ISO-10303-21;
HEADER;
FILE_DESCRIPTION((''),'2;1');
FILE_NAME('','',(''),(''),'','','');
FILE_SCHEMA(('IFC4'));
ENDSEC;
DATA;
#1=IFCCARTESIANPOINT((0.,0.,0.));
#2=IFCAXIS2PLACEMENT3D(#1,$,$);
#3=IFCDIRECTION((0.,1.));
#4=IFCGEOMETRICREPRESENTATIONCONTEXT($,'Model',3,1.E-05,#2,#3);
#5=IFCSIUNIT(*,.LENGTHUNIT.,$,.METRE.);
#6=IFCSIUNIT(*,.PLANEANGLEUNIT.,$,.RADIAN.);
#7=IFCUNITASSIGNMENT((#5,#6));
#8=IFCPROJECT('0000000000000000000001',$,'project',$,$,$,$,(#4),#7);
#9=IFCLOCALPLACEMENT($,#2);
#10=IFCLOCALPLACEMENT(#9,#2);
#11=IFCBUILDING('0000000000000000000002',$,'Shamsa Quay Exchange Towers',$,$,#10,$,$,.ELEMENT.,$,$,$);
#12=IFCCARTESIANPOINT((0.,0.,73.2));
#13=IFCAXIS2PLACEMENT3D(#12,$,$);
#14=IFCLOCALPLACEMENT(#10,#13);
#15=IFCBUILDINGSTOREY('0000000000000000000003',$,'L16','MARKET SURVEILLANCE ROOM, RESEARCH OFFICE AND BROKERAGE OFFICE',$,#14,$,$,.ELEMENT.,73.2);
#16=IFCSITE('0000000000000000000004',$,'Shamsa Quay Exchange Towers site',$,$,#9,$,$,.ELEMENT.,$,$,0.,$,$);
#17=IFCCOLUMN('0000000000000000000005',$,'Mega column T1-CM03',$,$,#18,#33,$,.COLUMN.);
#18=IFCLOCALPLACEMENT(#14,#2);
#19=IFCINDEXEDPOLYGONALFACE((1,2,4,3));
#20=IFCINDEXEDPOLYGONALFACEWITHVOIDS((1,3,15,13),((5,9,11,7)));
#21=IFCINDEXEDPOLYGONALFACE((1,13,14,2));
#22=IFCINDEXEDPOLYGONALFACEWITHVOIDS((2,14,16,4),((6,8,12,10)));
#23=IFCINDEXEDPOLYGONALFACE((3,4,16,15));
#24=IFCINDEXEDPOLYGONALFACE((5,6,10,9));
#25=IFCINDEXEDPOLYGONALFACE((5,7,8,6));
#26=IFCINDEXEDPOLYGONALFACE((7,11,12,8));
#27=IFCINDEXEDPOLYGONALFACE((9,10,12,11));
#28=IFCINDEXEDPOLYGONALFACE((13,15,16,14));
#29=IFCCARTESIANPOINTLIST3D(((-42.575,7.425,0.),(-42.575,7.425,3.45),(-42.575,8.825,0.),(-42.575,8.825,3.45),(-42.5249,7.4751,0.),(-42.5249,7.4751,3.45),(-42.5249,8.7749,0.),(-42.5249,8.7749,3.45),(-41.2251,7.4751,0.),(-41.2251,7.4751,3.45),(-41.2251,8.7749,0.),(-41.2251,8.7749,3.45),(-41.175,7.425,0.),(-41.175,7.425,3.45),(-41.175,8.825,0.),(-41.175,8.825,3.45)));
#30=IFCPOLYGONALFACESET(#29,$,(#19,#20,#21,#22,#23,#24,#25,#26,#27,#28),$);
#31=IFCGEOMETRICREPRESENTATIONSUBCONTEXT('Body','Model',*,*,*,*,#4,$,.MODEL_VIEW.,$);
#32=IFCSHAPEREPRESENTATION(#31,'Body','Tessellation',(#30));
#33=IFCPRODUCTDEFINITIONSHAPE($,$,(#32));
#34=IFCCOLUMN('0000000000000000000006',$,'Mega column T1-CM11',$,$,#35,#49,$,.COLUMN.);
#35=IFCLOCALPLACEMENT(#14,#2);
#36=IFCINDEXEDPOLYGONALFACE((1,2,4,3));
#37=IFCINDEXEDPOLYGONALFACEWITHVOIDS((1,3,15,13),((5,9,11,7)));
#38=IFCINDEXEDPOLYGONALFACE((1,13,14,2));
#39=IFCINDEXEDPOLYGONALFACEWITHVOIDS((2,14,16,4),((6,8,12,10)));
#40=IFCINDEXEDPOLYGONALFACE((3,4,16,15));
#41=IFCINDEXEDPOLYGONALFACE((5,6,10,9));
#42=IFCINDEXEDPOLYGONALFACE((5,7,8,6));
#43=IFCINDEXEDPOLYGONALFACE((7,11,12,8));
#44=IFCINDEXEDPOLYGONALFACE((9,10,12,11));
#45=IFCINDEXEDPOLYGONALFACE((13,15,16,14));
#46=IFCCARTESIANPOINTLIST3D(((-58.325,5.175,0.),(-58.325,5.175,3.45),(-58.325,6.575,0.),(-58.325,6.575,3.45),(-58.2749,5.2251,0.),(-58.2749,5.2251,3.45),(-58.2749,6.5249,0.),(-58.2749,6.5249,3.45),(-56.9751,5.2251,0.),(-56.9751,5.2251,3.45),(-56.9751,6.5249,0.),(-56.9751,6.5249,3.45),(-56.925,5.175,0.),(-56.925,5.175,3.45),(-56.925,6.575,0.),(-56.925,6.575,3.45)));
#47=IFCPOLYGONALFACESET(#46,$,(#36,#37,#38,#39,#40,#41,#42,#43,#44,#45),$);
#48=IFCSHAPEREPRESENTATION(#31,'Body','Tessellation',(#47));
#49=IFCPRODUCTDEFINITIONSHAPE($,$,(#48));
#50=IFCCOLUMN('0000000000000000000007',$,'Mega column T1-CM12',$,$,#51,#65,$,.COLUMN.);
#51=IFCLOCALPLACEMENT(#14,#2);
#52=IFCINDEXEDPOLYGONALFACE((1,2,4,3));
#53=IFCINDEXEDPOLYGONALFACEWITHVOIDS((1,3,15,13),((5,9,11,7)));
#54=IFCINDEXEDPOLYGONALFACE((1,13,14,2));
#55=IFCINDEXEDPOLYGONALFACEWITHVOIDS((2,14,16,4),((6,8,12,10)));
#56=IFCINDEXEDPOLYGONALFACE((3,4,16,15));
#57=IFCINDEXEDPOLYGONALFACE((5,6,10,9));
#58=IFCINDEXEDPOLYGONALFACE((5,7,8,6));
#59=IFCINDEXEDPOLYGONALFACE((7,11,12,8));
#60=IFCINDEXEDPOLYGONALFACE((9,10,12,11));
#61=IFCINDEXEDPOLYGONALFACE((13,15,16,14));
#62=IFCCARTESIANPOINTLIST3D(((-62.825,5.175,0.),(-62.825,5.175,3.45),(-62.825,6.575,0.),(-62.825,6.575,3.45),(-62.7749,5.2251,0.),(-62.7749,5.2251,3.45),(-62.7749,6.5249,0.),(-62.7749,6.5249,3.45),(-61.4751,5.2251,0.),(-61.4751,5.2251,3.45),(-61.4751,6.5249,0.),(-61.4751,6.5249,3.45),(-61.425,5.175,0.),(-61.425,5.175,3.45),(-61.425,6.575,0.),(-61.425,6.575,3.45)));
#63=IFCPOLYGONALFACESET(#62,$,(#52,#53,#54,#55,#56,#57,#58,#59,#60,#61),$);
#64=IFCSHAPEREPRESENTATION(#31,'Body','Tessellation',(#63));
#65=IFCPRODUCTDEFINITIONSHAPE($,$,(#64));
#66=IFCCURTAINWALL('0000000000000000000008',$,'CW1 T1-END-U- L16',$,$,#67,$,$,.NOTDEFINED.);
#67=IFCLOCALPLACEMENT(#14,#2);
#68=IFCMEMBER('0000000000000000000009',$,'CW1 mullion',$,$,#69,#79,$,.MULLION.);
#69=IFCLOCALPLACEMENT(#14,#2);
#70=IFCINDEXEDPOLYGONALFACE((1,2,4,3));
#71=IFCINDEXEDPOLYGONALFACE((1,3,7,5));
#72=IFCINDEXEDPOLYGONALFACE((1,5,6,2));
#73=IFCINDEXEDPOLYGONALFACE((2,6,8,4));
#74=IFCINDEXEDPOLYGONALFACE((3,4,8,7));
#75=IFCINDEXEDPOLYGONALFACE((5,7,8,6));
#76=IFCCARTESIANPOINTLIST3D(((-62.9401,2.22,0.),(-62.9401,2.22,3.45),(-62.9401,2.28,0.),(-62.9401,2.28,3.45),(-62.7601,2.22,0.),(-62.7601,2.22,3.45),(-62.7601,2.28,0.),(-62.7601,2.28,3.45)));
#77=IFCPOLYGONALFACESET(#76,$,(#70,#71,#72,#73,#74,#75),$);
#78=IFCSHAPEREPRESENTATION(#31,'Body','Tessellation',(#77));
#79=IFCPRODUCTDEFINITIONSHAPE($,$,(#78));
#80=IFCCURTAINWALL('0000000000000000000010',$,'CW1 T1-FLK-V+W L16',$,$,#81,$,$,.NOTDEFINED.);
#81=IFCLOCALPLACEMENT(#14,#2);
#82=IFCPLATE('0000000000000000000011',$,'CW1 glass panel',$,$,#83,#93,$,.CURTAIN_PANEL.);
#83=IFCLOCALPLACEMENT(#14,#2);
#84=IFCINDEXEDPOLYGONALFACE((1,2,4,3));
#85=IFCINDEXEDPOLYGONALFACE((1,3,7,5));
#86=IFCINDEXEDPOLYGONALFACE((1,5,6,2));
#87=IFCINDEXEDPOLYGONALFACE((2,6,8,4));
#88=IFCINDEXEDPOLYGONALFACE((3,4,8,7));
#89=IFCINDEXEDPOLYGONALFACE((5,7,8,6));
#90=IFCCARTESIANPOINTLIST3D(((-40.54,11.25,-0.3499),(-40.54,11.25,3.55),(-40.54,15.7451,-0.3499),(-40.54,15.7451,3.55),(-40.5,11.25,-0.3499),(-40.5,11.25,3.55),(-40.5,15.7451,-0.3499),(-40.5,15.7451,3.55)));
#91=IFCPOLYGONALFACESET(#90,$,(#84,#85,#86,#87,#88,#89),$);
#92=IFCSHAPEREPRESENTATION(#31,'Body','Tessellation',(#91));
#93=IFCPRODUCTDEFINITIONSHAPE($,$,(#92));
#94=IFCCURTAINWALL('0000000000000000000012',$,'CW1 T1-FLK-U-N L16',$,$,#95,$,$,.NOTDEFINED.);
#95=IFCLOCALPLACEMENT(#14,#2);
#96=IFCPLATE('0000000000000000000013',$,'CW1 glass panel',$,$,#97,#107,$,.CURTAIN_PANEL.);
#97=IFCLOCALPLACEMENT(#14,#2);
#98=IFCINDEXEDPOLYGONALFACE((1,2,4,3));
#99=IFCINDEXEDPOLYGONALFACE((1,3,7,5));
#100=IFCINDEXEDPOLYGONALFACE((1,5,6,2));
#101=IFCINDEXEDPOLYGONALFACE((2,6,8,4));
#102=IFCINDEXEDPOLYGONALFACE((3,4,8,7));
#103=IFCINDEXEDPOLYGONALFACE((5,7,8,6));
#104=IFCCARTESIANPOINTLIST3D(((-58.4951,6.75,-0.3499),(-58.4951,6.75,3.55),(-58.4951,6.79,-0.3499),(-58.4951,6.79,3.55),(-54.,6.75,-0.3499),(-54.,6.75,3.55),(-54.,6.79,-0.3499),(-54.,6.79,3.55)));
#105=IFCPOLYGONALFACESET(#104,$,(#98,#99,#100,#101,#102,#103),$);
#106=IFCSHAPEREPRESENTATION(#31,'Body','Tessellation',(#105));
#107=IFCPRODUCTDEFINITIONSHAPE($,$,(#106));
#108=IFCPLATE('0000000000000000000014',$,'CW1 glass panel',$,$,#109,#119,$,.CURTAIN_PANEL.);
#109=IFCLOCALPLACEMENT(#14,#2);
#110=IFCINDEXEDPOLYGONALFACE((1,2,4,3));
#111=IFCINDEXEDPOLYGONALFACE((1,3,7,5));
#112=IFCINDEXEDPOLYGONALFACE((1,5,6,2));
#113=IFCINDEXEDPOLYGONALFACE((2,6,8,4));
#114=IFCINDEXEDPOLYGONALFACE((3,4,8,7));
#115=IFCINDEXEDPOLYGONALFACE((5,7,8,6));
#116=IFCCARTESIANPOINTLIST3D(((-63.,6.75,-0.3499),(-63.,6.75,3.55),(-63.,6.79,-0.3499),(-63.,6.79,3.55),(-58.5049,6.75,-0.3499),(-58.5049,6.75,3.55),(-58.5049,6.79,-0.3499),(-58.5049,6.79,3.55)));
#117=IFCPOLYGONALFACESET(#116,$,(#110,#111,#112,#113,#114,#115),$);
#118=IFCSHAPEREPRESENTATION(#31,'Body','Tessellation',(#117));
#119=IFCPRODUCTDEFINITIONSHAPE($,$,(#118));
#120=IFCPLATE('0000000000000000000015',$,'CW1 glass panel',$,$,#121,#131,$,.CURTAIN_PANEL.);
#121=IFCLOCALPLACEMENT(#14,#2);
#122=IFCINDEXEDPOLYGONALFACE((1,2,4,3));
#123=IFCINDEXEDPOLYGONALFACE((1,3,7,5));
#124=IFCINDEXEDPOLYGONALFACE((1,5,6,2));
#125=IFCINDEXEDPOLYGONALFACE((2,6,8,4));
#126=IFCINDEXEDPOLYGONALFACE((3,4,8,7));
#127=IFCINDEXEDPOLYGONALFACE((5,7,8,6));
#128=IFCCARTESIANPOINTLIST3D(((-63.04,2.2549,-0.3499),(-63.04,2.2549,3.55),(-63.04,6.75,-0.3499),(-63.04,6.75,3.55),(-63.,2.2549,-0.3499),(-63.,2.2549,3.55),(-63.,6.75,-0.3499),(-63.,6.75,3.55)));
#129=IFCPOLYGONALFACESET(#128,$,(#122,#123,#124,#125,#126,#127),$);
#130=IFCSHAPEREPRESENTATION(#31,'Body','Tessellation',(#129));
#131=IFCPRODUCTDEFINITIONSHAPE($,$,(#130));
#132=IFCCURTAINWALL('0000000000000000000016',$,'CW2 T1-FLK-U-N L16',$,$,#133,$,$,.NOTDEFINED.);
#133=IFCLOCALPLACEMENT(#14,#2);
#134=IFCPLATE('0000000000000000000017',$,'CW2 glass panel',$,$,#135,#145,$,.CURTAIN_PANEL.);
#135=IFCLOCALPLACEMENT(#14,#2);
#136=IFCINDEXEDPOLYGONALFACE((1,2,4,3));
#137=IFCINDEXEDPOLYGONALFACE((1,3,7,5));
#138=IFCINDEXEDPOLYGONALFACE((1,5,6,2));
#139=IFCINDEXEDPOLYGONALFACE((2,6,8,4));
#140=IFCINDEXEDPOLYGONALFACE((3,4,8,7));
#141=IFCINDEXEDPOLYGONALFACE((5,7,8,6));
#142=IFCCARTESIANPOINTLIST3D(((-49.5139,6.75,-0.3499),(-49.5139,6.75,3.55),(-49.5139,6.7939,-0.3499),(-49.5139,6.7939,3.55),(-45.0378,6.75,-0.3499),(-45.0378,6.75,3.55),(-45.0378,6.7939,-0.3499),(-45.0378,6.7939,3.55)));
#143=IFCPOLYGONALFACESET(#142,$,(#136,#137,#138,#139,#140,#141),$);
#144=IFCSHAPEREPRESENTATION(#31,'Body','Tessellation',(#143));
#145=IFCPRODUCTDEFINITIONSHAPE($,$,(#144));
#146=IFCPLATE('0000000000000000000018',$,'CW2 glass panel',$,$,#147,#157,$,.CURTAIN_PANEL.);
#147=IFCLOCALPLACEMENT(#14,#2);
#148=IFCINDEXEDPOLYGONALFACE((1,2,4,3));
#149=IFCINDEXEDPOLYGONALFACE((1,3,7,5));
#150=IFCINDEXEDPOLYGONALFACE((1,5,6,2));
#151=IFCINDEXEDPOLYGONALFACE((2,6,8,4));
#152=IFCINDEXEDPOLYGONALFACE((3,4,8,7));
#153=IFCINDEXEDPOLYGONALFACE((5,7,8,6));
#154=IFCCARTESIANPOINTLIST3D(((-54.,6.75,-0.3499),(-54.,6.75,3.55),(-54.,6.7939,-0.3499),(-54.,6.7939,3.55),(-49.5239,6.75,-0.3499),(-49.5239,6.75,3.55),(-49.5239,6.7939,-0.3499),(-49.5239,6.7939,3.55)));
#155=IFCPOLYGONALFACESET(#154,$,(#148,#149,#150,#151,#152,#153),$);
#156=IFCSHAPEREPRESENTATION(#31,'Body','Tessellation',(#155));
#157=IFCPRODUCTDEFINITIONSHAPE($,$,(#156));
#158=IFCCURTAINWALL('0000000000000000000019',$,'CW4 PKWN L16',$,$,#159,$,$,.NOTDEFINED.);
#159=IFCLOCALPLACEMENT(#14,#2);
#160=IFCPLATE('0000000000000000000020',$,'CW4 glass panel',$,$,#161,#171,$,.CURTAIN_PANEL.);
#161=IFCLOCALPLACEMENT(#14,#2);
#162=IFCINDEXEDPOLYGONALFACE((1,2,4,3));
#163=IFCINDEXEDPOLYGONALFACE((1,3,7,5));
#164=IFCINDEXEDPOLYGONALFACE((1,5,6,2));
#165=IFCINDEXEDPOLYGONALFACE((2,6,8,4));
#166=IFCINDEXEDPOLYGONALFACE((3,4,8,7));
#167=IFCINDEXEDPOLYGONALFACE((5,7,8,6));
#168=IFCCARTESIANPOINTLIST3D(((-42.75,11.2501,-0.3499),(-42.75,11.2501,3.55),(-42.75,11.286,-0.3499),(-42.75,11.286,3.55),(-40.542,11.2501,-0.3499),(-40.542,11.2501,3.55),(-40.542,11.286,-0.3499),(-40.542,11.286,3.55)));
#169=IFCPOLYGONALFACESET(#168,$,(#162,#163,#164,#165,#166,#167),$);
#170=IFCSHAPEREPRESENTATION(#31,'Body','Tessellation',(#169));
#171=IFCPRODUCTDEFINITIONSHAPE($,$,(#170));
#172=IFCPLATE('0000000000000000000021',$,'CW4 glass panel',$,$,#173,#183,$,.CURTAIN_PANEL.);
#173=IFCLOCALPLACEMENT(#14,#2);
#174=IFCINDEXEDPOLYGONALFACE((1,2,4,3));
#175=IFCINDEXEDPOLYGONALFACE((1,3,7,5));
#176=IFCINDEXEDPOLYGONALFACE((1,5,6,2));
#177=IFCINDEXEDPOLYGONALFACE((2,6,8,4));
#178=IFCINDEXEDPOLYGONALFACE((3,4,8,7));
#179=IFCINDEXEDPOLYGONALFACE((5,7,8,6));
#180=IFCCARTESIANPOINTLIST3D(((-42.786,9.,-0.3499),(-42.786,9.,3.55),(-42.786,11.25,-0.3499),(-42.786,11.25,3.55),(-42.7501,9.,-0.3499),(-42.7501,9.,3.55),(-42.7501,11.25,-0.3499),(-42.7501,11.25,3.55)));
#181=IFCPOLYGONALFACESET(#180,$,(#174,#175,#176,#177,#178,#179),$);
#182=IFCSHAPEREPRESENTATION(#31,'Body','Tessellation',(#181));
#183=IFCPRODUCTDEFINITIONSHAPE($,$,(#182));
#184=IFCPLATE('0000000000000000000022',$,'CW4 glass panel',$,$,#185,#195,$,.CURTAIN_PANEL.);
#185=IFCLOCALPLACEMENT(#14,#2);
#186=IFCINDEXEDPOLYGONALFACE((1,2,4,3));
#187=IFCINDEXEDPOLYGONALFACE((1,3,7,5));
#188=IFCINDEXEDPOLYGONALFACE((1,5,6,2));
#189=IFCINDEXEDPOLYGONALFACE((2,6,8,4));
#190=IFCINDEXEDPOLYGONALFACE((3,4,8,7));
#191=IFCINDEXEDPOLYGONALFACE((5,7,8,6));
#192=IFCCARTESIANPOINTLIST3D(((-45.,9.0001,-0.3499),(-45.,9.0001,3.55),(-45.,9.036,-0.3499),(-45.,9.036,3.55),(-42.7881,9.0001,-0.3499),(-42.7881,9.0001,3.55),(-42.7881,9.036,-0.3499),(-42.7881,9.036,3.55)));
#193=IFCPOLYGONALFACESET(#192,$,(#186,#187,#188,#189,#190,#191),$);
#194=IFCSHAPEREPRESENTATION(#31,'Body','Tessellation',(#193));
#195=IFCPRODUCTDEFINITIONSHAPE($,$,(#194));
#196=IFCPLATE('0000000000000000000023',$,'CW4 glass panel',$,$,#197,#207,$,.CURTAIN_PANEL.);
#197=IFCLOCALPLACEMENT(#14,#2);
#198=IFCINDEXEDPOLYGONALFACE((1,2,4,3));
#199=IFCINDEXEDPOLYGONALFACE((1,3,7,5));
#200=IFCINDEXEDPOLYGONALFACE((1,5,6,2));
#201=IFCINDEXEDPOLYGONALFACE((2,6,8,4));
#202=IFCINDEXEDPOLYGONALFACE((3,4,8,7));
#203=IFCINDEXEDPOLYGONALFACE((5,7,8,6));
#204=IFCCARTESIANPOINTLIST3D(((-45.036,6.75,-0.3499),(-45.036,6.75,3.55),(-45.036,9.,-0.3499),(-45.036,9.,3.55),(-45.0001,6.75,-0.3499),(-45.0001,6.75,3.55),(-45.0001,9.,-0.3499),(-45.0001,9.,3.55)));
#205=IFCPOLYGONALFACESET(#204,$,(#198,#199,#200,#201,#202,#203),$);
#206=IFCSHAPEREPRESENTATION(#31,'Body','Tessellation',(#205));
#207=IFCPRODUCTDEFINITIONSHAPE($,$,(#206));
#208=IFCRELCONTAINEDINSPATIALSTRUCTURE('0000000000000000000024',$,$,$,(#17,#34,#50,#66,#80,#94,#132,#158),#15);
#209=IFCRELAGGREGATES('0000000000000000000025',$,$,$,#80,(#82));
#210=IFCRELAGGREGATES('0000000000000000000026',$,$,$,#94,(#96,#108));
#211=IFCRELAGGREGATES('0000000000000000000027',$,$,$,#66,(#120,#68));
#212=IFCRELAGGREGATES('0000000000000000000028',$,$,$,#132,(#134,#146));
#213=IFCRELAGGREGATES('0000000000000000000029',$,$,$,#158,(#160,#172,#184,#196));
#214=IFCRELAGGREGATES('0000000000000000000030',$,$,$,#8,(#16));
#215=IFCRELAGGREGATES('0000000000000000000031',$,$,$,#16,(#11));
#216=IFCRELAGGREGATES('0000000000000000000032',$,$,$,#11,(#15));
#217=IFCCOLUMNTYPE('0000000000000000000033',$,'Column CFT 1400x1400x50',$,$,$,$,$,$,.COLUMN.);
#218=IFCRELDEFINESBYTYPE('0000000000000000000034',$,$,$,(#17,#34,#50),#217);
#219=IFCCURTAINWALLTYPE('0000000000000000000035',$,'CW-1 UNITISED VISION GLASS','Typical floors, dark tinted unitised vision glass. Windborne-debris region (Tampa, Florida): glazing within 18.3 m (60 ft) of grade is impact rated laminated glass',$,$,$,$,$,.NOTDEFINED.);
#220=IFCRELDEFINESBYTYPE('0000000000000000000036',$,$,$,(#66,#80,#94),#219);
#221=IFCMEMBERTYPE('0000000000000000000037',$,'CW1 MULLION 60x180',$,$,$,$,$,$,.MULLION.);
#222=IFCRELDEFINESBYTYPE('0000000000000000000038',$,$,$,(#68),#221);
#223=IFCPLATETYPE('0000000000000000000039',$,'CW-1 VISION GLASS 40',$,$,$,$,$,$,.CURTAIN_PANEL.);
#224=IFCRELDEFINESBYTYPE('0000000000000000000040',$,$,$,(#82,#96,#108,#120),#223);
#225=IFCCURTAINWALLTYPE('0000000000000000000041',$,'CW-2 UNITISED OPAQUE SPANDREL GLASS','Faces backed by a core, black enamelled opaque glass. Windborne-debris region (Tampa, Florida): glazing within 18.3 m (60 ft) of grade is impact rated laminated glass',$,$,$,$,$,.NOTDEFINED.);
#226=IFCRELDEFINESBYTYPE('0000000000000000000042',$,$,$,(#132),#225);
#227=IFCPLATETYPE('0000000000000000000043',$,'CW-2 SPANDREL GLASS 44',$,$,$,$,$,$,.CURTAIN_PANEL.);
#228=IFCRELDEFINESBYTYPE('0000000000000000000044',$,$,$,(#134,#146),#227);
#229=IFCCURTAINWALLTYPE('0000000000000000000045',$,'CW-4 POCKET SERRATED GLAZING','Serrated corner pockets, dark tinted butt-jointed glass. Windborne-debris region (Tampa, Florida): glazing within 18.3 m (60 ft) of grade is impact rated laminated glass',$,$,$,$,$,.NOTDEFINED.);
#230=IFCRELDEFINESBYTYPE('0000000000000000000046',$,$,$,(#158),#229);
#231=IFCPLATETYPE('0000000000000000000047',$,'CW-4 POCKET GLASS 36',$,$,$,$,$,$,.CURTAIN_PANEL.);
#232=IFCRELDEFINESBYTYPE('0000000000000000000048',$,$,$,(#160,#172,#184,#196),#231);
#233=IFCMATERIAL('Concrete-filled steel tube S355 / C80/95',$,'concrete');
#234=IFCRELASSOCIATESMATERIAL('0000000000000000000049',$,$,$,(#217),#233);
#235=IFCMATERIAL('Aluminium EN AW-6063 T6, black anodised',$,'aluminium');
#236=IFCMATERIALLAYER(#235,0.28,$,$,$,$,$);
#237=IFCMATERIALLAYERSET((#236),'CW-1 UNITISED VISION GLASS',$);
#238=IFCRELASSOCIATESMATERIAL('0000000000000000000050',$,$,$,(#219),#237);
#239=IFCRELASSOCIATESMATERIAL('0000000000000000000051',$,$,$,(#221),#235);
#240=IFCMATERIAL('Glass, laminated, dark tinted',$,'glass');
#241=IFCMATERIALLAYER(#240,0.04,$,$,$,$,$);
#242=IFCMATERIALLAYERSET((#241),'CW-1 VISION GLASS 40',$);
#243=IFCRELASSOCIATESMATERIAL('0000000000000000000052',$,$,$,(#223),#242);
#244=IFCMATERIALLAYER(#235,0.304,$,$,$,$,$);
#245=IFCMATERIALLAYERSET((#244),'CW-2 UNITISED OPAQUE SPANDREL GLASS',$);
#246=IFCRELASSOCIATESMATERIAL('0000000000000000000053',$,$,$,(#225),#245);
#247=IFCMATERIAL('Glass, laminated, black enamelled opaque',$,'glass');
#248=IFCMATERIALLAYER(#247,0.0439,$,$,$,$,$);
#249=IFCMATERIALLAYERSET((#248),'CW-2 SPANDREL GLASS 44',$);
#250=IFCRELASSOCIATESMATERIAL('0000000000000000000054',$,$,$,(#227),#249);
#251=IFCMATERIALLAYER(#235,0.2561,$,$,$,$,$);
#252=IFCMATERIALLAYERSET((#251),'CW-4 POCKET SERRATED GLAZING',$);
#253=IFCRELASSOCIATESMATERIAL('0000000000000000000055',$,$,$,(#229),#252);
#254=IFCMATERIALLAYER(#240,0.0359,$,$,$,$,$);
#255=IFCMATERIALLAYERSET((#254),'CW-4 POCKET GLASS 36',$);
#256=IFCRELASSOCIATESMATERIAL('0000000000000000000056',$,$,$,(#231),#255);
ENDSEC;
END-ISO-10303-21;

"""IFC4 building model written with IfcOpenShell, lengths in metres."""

from ifc_helpers import new_model, si_unit, direction, frame, origin, origin_2d, place, context, subcontext, project, spatial, rectangle, hollow_rectangle, extrude, material, layer, layer_set, material_profile, profile_set, type_object, element, aggregate, save


model = new_model("IFC4")

# Units and contexts
model_context = context("Model", 3, precision=1e-05, world=origin(), true_north=direction((0.0, 1.0)))
body_context = subcontext(model_context, "Body", "Model", "MODEL_VIEW")
ifc_project = project(units=[si_unit("LENGTHUNIT", "METRE"), si_unit("PLANEANGLEUNIT", "RADIAN")], contexts=[model_context])

# Site, building, storey
site_placement = place(None, origin())
site = spatial("IfcSite", under=ifc_project, at=site_placement, Name="Shamsa Quay Exchange Towers site", CompositionType="ELEMENT", RefElevation=0.0)
building_placement = place(site_placement, origin())
building = spatial("IfcBuilding", under=site, at=building_placement, Name="Shamsa Quay Exchange Towers", CompositionType="ELEMENT")
storey_placement = place(building_placement, frame((0.0, 0.0, 73.2)))
storey = spatial("IfcBuildingStorey", under=building, at=storey_placement, Name="L16", Description="MARKET SURVEILLANCE ROOM, RESEARCH OFFICE AND BROKERAGE OFFICE", CompositionType="ELEMENT", Elevation=73.2)

# Columns
ifc_material_1 = material(Name="Concrete-filled steel tube S355 / C80/95", Category="concrete")
ifc_material_profile_1 = material_profile(ifc_material_1, hollow_rectangle(XDim=1.3999, YDim=1.3999, WallThickness=0.05, at=origin_2d()), Name="CFT 1400x1400x50")
ifc_profile_set_1 = profile_set([ifc_material_profile_1], Name="Concrete-filled steel tube S355 / C80/95")
column_type = type_object("IfcColumnType", Name="Column CFT 1400x1400x50", PredefinedType="COLUMN", material=ifc_profile_set_1)
for number, where, name in (
    (1, (-41.875, 8.125, 0.0), "Mega column T1-CM03"),
    (2, (-57.625, 5.875, 0.0), "Mega column T1-CM11"),
    (3, (-62.125, 5.875, 0.0), "Mega column T1-CM12"),
):
    element("IfcColumn", number, at=place(storey_placement, frame(where)), inside=storey, type_object=column_type, Name=name, PredefinedType="COLUMN", context=body_context, shape_type="SweptSolid", body=[
        extrude(hollow_rectangle(XDim=1.3999, YDim=1.3999, WallThickness=0.05, at=origin_2d()), origin(), (0.0, 0.0, 1.0), 3.45),
    ])

# Curtain wall, member
ifc_material_2 = material(Name="Aluminium EN AW-6063 T6, black anodised", Category="aluminium")
ifc_layer_1 = layer(ifc_material_2, 0.28)
ifc_layer_set_1 = layer_set([ifc_layer_1], Name="CW-1 UNITISED VISION GLASS")
curtain_wall_type_1 = type_object("IfcCurtainWallType", Name="CW-1 UNITISED VISION GLASS", Description="Typical floors, dark tinted unitised vision glass. Windborne-debris region (Tampa, Florida): glazing within 18.3 m (60 ft) of grade is impact rated laminated glass", PredefinedType="NOTDEFINED", material=ifc_layer_set_1)
curtain_wall_1_placement = place(storey_placement, origin())
curtain_wall_1 = element("IfcCurtainWall", 4, at=curtain_wall_1_placement, inside=storey, type_object=curtain_wall_type_1, Name="CW1 T1-END-U- L16", PredefinedType="NOTDEFINED")
ifc_material_profile_2 = material_profile(ifc_material_2, rectangle(XDim=0.1799, YDim=0.0601, at=origin_2d()), Name="MU60x180")
ifc_profile_set_2 = profile_set([ifc_material_profile_2], Name="Aluminium EN AW-6063 T6, black anodised")
member_type = type_object("IfcMemberType", Name="CW1 MULLION 60x180", PredefinedType="MULLION", material=ifc_profile_set_2)
member_placement = place(storey_placement, frame((-62.8501, 2.25, 0.0)))
member = element("IfcMember", 5, at=member_placement, type_object=member_type, Name="CW1 mullion", PredefinedType="MULLION", context=body_context, shape_type="SweptSolid", body=[
    extrude(rectangle(XDim=0.1799, YDim=0.0601, at=origin_2d()), origin(), (0.0, 0.0, 1.0), 3.45),
])

# Curtain wall, plate
curtain_wall_2_placement = place(storey_placement, origin())
curtain_wall_2 = element("IfcCurtainWall", 6, at=curtain_wall_2_placement, inside=storey, type_object=curtain_wall_type_1, Name="CW1 T1-FLK-V+W L16", PredefinedType="NOTDEFINED")
ifc_material_3 = material(Name="Glass, laminated, dark tinted", Category="glass")
ifc_layer_2 = layer(ifc_material_3, 0.04)
ifc_layer_set_2 = layer_set([ifc_layer_2], Name="CW-1 VISION GLASS 40")
plate_type_1 = type_object("IfcPlateType", Name="CW-1 VISION GLASS 40", PredefinedType="CURTAIN_PANEL", material=ifc_layer_set_2)
plate_1_placement = place(storey_placement, frame((-40.52, 13.4976, -0.3499), z_axis=(0.0, 0.0, 1.0), x_axis=(0.0, -1.0, 0.0)))
plate_1 = element("IfcPlate", 7, at=plate_1_placement, type_object=plate_type_1, Name="CW1 glass panel", PredefinedType="CURTAIN_PANEL", context=body_context, shape_type="SweptSolid", body=[
    extrude(rectangle(XDim=4.4951, YDim=0.04, at=origin_2d()), origin(), (0.0, 0.0, 1.0), 3.8999),
])
aggregate(curtain_wall_2, [plate_1])

# Curtain wall, plates
curtain_wall_3_placement = place(storey_placement, origin())
curtain_wall_3 = element("IfcCurtainWall", 8, at=curtain_wall_3_placement, inside=storey, type_object=curtain_wall_type_1, Name="CW1 T1-FLK-U-N L16", PredefinedType="NOTDEFINED")
plate_2_placement = place(storey_placement, frame((-56.2476, 6.77, -0.3499), z_axis=(0.0, 0.0, 1.0), x_axis=(-1.0, 0.0, 0.0)))
plate_2 = element("IfcPlate", 9, at=plate_2_placement, type_object=plate_type_1, Name="CW1 glass panel", PredefinedType="CURTAIN_PANEL", context=body_context, shape_type="SweptSolid", body=[
    extrude(rectangle(XDim=4.4951, YDim=0.04, at=origin_2d()), origin(), (0.0, 0.0, 1.0), 3.8999),
])
plate_3_placement = place(storey_placement, frame((-60.7524, 6.77, -0.3499), z_axis=(0.0, 0.0, 1.0), x_axis=(-1.0, 0.0, 0.0)))
plate_3 = element("IfcPlate", 10, at=plate_3_placement, type_object=plate_type_1, Name="CW1 glass panel", PredefinedType="CURTAIN_PANEL", context=body_context, shape_type="SweptSolid", body=[
    extrude(rectangle(XDim=4.4951, YDim=0.04, at=origin_2d()), origin(), (0.0, 0.0, 1.0), 3.8999),
])
aggregate(curtain_wall_3, [plate_2, plate_3])

# Plate
plate_4_placement = place(storey_placement, frame((-63.02, 4.5024, -0.3499), z_axis=(0.0, 0.0, 1.0), x_axis=(0.0, -1.0, 0.0)))
plate_4 = element("IfcPlate", 11, at=plate_4_placement, type_object=plate_type_1, Name="CW1 glass panel", PredefinedType="CURTAIN_PANEL", context=body_context, shape_type="SweptSolid", body=[
    extrude(rectangle(XDim=4.4951, YDim=0.04, at=origin_2d()), origin(), (0.0, 0.0, 1.0), 3.8999),
])
aggregate(curtain_wall_1, [plate_4, member])

# Curtain walls, plates
ifc_layer_3 = layer(ifc_material_2, 0.304)
ifc_layer_set_3 = layer_set([ifc_layer_3], Name="CW-2 UNITISED OPAQUE SPANDREL GLASS")
curtain_wall_type_2 = type_object("IfcCurtainWallType", Name="CW-2 UNITISED OPAQUE SPANDREL GLASS", Description="Faces backed by a core, black enamelled opaque glass. Windborne-debris region (Tampa, Florida): glazing within 18.3 m (60 ft) of grade is impact rated laminated glass", PredefinedType="NOTDEFINED", material=ifc_layer_set_3)
curtain_wall_4_placement = place(storey_placement, origin())
curtain_wall_4 = element("IfcCurtainWall", 12, at=curtain_wall_4_placement, inside=storey, type_object=curtain_wall_type_2, Name="CW2 T1-FLK-U-N L16", PredefinedType="NOTDEFINED")
ifc_material_4 = material(Name="Glass, laminated, black enamelled opaque", Category="glass")
ifc_layer_4 = layer(ifc_material_4, 0.0439)
ifc_layer_set_4 = layer_set([ifc_layer_4], Name="CW-2 SPANDREL GLASS 44")
plate_type_2 = type_object("IfcPlateType", Name="CW-2 SPANDREL GLASS 44", PredefinedType="CURTAIN_PANEL", material=ifc_layer_set_4)
plate_5_placement = place(storey_placement, frame((-47.2759, 6.772, -0.3499), z_axis=(0.0, 0.0, 1.0), x_axis=(-1.0, 0.0, 0.0)))
plate_5 = element("IfcPlate", 13, at=plate_5_placement, type_object=plate_type_2, Name="CW2 glass panel", PredefinedType="CURTAIN_PANEL", context=body_context, shape_type="SweptSolid", body=[
    extrude(rectangle(XDim=4.4761, YDim=0.0439, at=origin_2d()), origin(), (0.0, 0.0, 1.0), 3.8999),
])
plate_6_placement = place(storey_placement, frame((-51.762, 6.772, -0.3499), z_axis=(0.0, 0.0, 1.0), x_axis=(-1.0, 0.0, 0.0)))
plate_6 = element("IfcPlate", 14, at=plate_6_placement, type_object=plate_type_2, Name="CW2 glass panel", PredefinedType="CURTAIN_PANEL", context=body_context, shape_type="SweptSolid", body=[
    extrude(rectangle(XDim=4.4761, YDim=0.0439, at=origin_2d()), origin(), (0.0, 0.0, 1.0), 3.8999),
])
aggregate(curtain_wall_4, [plate_5, plate_6])
ifc_layer_5 = layer(ifc_material_2, 0.2561)
ifc_layer_set_5 = layer_set([ifc_layer_5], Name="CW-4 POCKET SERRATED GLAZING")
curtain_wall_type_3 = type_object("IfcCurtainWallType", Name="CW-4 POCKET SERRATED GLAZING", Description="Serrated corner pockets, dark tinted butt-jointed glass. Windborne-debris region (Tampa, Florida): glazing within 18.3 m (60 ft) of grade is impact rated laminated glass", PredefinedType="NOTDEFINED", material=ifc_layer_set_5)
curtain_wall_5_placement = place(storey_placement, origin())
curtain_wall_5 = element("IfcCurtainWall", 15, at=curtain_wall_5_placement, inside=storey, type_object=curtain_wall_type_3, Name="CW4 PKWN L16", PredefinedType="NOTDEFINED")
ifc_layer_6 = layer(ifc_material_3, 0.0359)
ifc_layer_set_6 = layer_set([ifc_layer_6], Name="CW-4 POCKET GLASS 36")
plate_type_3 = type_object("IfcPlateType", Name="CW-4 POCKET GLASS 36", PredefinedType="CURTAIN_PANEL", material=ifc_layer_set_6)
plate_7_placement = place(storey_placement, frame((-41.646, 11.2681, -0.3499), z_axis=(0.0, 0.0, 1.0), x_axis=(-1.0, 0.0, 0.0)))
plate_7 = element("IfcPlate", 16, at=plate_7_placement, type_object=plate_type_3, Name="CW4 glass panel", PredefinedType="CURTAIN_PANEL", context=body_context, shape_type="SweptSolid", body=[
    extrude(rectangle(XDim=2.208, YDim=0.0359, at=origin_2d()), origin(), (0.0, 0.0, 1.0), 3.8999),
])
plate_8_placement = place(storey_placement, frame((-42.7681, 10.125, -0.3499), z_axis=(0.0, 0.0, 1.0), x_axis=(0.0, -1.0, 0.0)))
plate_8 = element("IfcPlate", 17, at=plate_8_placement, type_object=plate_type_3, Name="CW4 glass panel", PredefinedType="CURTAIN_PANEL", context=body_context, shape_type="SweptSolid", body=[
    extrude(rectangle(XDim=2.25, YDim=0.0359, at=origin_2d()), origin(), (0.0, 0.0, 1.0), 3.8999),
])
plate_9_placement = place(storey_placement, frame((-43.894, 9.0181, -0.3499), z_axis=(0.0, 0.0, 1.0), x_axis=(-1.0, 0.0, 0.0)))
plate_9 = element("IfcPlate", 18, at=plate_9_placement, type_object=plate_type_3, Name="CW4 glass panel", PredefinedType="CURTAIN_PANEL", context=body_context, shape_type="SweptSolid", body=[
    extrude(rectangle(XDim=2.2119, YDim=0.0359, at=origin_2d()), origin(), (0.0, 0.0, 1.0), 3.8999),
])
plate_10_placement = place(storey_placement, frame((-45.0181, 7.875, -0.3499), z_axis=(0.0, 0.0, 1.0), x_axis=(0.0, -1.0, 0.0)))
plate_10 = element("IfcPlate", 19, at=plate_10_placement, type_object=plate_type_3, Name="CW4 glass panel", PredefinedType="CURTAIN_PANEL", context=body_context, shape_type="SweptSolid", body=[
    extrude(rectangle(XDim=2.25, YDim=0.0359, at=origin_2d()), origin(), (0.0, 0.0, 1.0), 3.8999),
])
aggregate(curtain_wall_5, [plate_7, plate_8, plate_9, plate_10])

save(model, "model.ifc")
